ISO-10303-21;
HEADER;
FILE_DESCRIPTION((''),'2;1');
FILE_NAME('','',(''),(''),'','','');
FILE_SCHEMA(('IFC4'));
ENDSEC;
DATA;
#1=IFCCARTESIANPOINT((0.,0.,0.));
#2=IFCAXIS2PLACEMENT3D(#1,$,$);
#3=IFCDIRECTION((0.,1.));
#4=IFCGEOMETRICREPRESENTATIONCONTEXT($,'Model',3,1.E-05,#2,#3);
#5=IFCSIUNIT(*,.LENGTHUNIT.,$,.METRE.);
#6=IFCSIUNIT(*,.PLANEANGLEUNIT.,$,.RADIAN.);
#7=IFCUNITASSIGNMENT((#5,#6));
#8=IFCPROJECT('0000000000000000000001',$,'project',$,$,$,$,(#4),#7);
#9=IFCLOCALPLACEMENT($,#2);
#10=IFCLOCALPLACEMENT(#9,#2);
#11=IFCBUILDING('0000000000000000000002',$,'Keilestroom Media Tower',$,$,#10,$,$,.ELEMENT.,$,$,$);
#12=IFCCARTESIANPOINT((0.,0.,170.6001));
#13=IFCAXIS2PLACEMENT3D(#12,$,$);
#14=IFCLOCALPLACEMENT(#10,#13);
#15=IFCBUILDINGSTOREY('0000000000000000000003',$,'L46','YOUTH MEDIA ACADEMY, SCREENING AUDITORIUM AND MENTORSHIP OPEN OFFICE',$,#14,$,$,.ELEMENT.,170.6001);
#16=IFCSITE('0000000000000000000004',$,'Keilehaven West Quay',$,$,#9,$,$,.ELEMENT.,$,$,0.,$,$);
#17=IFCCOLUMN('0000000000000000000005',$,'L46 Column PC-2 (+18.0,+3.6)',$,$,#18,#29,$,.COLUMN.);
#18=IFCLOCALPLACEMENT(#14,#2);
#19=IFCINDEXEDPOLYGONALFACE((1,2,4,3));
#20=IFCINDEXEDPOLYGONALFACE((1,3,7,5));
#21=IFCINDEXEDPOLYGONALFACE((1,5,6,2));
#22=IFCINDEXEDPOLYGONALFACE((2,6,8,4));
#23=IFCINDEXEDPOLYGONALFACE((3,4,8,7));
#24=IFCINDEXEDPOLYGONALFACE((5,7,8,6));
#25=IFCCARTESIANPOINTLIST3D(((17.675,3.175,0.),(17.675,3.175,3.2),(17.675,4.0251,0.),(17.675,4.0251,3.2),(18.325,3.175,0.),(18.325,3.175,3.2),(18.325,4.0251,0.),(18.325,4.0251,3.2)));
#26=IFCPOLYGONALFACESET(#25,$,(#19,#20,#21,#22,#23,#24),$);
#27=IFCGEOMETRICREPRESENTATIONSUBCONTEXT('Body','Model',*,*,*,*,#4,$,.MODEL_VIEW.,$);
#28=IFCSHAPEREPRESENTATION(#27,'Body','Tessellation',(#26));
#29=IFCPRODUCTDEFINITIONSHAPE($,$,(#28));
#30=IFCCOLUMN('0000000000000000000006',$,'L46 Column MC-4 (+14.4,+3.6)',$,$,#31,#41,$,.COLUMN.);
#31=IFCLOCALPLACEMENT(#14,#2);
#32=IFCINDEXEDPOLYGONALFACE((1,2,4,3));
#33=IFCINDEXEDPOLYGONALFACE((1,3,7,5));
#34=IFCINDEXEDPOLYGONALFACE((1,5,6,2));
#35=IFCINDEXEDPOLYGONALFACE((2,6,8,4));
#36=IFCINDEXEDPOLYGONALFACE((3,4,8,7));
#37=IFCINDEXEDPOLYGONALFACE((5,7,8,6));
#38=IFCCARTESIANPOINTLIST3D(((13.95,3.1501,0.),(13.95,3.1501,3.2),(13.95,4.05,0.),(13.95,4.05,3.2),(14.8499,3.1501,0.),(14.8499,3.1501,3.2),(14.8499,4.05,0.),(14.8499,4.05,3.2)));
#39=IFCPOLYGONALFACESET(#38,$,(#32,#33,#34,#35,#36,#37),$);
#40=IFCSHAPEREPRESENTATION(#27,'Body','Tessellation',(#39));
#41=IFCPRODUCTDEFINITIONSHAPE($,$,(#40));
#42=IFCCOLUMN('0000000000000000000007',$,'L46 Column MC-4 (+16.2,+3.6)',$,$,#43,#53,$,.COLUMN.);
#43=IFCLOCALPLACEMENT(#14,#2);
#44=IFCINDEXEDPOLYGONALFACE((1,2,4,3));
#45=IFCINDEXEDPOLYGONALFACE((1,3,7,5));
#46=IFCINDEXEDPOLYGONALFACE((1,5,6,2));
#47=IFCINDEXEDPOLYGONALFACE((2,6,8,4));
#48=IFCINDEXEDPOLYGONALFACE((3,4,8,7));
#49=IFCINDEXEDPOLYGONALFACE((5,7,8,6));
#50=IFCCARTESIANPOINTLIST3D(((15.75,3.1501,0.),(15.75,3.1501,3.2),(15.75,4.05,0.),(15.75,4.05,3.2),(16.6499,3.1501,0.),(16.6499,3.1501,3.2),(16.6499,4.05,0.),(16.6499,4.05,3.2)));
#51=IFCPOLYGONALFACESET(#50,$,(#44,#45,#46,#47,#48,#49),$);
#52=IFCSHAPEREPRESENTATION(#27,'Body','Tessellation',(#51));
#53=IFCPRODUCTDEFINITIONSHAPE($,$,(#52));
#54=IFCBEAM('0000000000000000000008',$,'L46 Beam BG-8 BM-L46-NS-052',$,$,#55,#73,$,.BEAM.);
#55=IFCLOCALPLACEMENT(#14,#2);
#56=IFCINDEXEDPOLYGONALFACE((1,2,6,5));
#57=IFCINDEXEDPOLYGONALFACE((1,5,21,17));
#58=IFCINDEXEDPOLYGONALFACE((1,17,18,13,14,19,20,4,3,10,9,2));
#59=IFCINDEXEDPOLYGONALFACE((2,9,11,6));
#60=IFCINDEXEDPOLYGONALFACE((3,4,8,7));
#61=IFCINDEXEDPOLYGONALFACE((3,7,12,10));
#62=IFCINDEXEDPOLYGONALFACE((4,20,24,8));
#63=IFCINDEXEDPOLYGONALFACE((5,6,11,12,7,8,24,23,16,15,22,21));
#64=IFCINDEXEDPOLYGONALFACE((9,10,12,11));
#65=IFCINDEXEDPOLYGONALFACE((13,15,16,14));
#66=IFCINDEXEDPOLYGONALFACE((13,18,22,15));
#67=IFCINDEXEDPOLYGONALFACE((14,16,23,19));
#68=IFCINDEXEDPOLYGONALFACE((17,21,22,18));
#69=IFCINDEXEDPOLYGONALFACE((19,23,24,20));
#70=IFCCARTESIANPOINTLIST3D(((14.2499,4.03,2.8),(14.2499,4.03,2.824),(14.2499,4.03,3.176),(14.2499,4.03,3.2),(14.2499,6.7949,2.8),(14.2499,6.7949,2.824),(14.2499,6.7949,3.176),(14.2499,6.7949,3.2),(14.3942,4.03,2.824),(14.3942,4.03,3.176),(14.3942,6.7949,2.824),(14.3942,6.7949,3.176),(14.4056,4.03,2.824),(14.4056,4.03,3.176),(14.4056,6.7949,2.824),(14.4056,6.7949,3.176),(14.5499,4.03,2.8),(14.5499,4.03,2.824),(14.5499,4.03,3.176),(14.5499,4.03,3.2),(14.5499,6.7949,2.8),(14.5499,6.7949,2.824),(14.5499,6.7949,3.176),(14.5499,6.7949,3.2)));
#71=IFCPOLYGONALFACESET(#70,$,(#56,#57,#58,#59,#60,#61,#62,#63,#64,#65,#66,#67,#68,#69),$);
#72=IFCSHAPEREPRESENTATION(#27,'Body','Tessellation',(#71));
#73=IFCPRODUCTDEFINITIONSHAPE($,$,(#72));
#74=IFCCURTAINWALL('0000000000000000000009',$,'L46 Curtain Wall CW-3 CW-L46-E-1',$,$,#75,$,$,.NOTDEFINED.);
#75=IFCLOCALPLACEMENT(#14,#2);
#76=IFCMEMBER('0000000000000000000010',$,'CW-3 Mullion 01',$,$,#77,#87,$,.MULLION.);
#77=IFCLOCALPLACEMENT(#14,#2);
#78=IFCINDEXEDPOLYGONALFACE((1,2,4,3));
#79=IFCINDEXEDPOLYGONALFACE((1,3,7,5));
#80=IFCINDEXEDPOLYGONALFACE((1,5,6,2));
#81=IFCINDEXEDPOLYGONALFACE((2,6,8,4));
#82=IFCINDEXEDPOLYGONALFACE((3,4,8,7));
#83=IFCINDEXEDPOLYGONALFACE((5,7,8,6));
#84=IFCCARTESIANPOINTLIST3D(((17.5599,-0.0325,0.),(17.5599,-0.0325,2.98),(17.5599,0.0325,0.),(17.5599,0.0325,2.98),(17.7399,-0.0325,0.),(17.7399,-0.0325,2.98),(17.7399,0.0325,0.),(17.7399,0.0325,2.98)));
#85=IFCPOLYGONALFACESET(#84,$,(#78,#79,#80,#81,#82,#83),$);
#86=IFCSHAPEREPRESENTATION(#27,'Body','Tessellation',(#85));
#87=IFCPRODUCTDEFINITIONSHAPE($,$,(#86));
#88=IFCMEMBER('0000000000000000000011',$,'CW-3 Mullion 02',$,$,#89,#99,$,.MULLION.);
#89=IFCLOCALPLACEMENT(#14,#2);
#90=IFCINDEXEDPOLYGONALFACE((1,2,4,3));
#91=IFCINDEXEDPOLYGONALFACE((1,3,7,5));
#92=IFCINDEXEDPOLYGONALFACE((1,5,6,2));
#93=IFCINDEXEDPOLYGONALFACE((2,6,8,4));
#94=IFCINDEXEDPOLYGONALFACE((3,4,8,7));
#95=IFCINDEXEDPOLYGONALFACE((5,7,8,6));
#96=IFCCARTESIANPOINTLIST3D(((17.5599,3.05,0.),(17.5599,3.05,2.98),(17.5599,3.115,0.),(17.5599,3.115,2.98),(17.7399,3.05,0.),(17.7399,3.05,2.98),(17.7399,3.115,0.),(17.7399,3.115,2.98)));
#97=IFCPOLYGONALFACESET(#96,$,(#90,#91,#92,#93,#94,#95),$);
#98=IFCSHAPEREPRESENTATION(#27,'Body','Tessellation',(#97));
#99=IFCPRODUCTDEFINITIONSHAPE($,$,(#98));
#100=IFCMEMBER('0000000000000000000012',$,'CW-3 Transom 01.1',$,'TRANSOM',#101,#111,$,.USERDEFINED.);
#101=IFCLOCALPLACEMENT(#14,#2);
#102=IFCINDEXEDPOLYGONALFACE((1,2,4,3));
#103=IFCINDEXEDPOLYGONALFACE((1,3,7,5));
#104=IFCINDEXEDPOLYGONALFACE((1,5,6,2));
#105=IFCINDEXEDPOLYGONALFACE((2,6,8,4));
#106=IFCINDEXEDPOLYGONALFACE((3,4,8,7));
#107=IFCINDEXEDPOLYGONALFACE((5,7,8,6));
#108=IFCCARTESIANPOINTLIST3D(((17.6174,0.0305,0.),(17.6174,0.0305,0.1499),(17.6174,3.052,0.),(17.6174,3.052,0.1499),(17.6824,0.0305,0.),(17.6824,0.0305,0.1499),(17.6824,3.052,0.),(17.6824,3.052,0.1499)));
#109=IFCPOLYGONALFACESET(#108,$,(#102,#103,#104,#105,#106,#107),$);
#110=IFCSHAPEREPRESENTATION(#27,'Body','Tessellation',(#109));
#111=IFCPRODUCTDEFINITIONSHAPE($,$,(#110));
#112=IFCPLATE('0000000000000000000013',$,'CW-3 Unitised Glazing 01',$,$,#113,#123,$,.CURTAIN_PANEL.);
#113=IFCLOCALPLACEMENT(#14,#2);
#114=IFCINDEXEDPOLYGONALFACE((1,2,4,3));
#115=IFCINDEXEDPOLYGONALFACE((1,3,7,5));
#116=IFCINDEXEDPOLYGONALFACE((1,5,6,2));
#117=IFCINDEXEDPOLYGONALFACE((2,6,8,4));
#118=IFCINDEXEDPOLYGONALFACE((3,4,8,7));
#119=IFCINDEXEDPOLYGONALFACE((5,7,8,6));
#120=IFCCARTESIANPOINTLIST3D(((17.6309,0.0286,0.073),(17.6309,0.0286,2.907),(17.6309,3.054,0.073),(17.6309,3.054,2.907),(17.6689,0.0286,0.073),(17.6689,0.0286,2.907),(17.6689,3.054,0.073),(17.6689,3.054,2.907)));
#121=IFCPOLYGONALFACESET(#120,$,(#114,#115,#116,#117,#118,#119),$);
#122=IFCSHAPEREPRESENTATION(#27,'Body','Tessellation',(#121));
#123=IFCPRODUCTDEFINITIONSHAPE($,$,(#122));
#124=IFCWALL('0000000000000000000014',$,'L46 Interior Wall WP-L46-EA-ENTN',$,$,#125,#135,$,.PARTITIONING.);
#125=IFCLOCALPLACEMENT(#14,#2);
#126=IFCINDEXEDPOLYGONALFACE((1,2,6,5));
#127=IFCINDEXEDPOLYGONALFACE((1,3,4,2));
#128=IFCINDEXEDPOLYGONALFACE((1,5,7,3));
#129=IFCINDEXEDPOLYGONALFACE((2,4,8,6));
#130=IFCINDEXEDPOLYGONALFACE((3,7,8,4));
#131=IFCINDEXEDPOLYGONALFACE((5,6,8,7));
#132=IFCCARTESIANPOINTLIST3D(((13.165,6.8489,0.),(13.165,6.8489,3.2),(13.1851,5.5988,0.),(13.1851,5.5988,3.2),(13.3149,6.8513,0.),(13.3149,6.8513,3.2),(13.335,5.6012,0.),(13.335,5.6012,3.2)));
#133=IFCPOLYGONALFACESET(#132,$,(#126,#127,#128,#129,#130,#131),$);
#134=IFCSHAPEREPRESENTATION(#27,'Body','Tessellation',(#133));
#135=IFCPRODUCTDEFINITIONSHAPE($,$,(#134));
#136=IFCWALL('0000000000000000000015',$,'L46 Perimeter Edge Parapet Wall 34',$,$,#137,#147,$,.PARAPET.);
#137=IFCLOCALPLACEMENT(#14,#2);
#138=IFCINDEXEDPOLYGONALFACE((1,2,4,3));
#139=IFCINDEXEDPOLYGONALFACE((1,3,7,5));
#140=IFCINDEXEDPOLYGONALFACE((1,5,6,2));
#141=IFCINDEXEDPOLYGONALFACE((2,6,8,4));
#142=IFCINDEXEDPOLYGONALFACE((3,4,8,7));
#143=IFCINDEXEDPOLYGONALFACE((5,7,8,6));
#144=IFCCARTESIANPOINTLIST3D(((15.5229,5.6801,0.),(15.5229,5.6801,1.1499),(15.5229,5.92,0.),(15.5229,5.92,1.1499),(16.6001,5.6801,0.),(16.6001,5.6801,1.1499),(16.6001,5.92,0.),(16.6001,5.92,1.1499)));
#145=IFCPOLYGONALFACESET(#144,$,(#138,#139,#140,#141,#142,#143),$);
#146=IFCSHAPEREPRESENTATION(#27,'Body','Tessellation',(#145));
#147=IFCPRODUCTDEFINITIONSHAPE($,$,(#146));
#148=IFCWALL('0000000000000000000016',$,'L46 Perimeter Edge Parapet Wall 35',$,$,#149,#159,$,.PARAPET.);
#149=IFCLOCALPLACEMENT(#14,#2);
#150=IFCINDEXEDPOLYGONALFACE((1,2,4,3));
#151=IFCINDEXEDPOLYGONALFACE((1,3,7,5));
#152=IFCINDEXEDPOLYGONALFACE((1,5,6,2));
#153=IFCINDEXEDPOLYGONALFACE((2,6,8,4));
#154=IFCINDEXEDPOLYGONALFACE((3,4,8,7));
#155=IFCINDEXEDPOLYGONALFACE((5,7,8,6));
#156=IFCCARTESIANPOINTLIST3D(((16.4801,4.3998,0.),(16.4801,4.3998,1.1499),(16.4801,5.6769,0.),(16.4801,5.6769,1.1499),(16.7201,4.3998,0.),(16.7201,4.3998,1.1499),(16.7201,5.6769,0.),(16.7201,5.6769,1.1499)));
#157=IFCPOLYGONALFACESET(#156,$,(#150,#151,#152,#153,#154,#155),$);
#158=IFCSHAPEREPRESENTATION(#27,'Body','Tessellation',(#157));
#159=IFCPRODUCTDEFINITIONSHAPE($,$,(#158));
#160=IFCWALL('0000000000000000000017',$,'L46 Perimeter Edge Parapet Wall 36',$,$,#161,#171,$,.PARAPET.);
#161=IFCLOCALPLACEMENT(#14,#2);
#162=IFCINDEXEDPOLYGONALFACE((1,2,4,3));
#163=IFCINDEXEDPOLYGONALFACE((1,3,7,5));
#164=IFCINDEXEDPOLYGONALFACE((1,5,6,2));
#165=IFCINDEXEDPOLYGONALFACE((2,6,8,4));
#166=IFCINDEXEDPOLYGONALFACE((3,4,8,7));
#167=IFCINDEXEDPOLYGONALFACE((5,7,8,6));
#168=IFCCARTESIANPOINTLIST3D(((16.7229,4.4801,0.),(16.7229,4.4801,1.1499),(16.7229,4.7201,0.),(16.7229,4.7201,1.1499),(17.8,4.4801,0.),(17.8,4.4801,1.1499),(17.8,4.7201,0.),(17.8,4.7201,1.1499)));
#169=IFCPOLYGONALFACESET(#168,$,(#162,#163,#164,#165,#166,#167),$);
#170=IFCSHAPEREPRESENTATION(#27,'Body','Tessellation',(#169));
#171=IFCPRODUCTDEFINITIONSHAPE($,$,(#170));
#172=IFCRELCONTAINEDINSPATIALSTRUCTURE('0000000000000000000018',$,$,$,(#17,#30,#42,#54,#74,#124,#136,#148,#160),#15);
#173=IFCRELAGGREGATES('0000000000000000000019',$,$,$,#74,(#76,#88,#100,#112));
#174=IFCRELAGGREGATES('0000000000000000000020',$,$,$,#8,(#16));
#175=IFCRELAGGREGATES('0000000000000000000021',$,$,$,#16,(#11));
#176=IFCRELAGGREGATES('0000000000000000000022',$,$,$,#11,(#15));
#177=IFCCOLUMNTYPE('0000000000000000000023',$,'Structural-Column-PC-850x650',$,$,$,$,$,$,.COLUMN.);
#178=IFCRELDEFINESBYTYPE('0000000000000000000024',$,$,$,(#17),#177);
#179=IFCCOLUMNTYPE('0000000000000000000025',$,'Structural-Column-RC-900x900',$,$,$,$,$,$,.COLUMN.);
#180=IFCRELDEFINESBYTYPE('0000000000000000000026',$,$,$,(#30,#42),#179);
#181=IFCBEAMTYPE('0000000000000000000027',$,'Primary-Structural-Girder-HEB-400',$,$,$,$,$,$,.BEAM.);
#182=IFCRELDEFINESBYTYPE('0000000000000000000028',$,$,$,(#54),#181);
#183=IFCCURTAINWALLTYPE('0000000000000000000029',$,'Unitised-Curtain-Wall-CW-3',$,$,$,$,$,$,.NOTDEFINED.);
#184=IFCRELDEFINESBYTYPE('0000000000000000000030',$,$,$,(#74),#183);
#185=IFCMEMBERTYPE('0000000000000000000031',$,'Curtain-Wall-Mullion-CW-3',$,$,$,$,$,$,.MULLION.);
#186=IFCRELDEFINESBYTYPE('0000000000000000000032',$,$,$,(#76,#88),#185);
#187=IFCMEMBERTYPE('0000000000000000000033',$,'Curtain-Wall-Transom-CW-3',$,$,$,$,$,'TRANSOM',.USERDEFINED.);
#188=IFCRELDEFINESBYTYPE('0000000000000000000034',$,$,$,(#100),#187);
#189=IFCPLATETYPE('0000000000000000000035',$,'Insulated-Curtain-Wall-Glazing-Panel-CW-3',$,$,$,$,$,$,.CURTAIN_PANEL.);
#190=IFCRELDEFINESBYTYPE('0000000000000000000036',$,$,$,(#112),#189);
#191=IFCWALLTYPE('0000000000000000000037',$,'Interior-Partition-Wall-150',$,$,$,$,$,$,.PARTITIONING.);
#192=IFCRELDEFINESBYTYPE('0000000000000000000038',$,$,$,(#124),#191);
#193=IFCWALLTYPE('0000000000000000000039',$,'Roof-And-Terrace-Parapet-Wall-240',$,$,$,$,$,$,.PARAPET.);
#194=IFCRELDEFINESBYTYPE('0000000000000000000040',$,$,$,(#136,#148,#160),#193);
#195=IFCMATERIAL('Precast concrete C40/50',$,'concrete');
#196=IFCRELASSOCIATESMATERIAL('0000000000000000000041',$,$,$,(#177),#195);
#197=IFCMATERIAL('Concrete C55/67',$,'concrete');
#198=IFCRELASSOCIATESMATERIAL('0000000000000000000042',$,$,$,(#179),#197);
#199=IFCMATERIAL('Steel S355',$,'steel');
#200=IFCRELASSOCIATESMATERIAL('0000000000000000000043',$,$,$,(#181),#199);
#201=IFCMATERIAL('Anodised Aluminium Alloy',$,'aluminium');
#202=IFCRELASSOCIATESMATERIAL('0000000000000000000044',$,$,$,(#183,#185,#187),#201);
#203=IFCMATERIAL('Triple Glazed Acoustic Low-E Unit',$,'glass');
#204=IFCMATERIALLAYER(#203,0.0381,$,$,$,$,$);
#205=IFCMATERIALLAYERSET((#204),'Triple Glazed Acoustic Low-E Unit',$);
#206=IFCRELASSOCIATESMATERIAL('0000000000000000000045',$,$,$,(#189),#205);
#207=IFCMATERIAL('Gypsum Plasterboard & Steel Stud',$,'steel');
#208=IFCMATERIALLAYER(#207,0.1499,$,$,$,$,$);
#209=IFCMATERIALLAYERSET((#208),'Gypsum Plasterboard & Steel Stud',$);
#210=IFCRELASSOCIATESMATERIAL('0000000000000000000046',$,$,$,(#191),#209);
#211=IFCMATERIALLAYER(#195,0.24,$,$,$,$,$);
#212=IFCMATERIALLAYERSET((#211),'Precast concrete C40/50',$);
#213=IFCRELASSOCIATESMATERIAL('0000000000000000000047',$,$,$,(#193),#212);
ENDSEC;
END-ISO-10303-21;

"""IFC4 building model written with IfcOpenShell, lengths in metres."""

from ifc_helpers import new_model, si_unit, direction, frame, frame_2d, origin, origin_2d, place, context, subcontext, project, spatial, rectangle, i_section, extrude, source, transform, mapped, material, layer, layer_set, material_profile, profile_set, type_object, element, aggregate, save


model = new_model("IFC4")

# Units and contexts
model_context = context("Model", 3, precision=1e-05, world=origin(), true_north=direction((0.0, 1.0)))
body_context = subcontext(model_context, "Body", "Model", "MODEL_VIEW")
ifc_project = project(units=[si_unit("LENGTHUNIT", "METRE"), si_unit("PLANEANGLEUNIT", "RADIAN")], contexts=[model_context])

# Site, building, storey
site_placement = place(None, origin())
site = spatial("IfcSite", under=ifc_project, at=site_placement, Name="Keilehaven West Quay", CompositionType="ELEMENT", RefElevation=0.0)
building_placement = place(site_placement, origin())
building = spatial("IfcBuilding", under=site, at=building_placement, Name="Keilestroom Media Tower", CompositionType="ELEMENT")
storey_placement = place(building_placement, frame((0.0, 0.0, 170.6001)))
storey = spatial("IfcBuildingStorey", under=building, at=storey_placement, Name="L46", Description="YOUTH MEDIA ACADEMY, SCREENING AUDITORIUM AND MENTORSHIP OPEN OFFICE", CompositionType="ELEMENT", Elevation=170.6001)

# Columns
ifc_material_1 = material(Name="Precast concrete C40/50", Category="concrete")
ifc_material_profile_1 = material_profile(ifc_material_1, rectangle(XDim=0.6499, YDim=0.8501, at=origin_2d()), Name="PC 850x650")
ifc_profile_set_1 = profile_set([ifc_material_profile_1], Name="Precast concrete C40/50")
column_type_1 = type_object("IfcColumnType", Name="Structural-Column-PC-850x650", PredefinedType="COLUMN", material=ifc_profile_set_1)
shared_shape_1 = source(origin(), body_context, "Body", "SweptSolid", [
    extrude(rectangle(XDim=0.6499, YDim=0.8501, at=origin_2d()), origin(), (0.0, 0.0, 1.0), 3.2),
])
column_placement = place(storey_placement, frame((18.0, 3.6001, 0.0), z_axis=(0.0, 0.0, 1.0), x_axis=(1.0, 0.0, 0.0)))
element("IfcColumn", 1, at=column_placement, inside=storey, type_object=column_type_1, Name="L46 Column PC-2 (+18.0,+3.6)", PredefinedType="COLUMN", context=body_context, shape_type="MappedRepresentation", body=[
    mapped(shared_shape_1, transform((0.0, 0.0, 0.0), x_axis=(1.0, 0.0, 0.0), y_axis=(0.0, 1.0, 0.0), z_axis=(0.0, 0.0, 1.0), scale=1.0)),
])
ifc_material_2 = material(Name="Concrete C55/67", Category="concrete")
ifc_material_profile_2 = material_profile(ifc_material_2, rectangle(XDim=0.8999, YDim=0.8999, at=origin_2d()), Name="RC 900x900")
ifc_profile_set_2 = profile_set([ifc_material_profile_2], Name="Concrete C55/67")
column_type_2 = type_object("IfcColumnType", Name="Structural-Column-RC-900x900", PredefinedType="COLUMN", material=ifc_profile_set_2)
shared_shape_2 = source(origin(), body_context, "Body", "SweptSolid", [
    extrude(rectangle(XDim=0.8999, YDim=0.8999, at=origin_2d()), origin(), (0.0, 0.0, 1.0), 3.2),
])
for number, where, z_axis, x_axis, name in (
    (2, (14.3999, 3.6001, 0.0), (0.0, 0.0, 1.0), (1.0, 0.0, 0.0), "L46 Column MC-4 (+14.4,+3.6)"),
    (3, (16.2, 3.6001, 0.0), (0.0, 0.0, 1.0), (1.0, 0.0, 0.0), "L46 Column MC-4 (+16.2,+3.6)"),
):
    element("IfcColumn", number, at=place(storey_placement, frame(where, z_axis=z_axis, x_axis=x_axis)), inside=storey, type_object=column_type_2, Name=name, PredefinedType="COLUMN", context=body_context, shape_type="MappedRepresentation", body=[
        mapped(shared_shape_2, transform((0.0, 0.0, 0.0), x_axis=(1.0, 0.0, 0.0), y_axis=(0.0, 1.0, 0.0), z_axis=(0.0, 0.0, 1.0), scale=1.0)),
    ])

# Beam
ifc_material_3 = material(Name="Steel S355", Category="steel")
ifc_material_profile_3 = material_profile(ifc_material_3, i_section(OverallWidth=0.3, OverallDepth=0.3999, WebThickness=0.0115, FlangeThickness=0.0239, at=origin_2d()), Name="HEB 400")
ifc_profile_set_3 = profile_set([ifc_material_profile_3], Name="Steel S355")
beam_type = type_object("IfcBeamType", Name="Primary-Structural-Girder-HEB-400", PredefinedType="BEAM", material=ifc_profile_set_3)
shared_shape_3 = source(origin(), body_context, "Body", "SweptSolid", [
    extrude(i_section(OverallWidth=0.3, OverallDepth=0.3999, WebThickness=0.0115, FlangeThickness=0.0239, at=origin_2d()), origin(), (0.0, 0.0, 1.0), 2.7649),
])
beam_placement = place(storey_placement, frame((14.3999, 4.03, 3.0), z_axis=(0.0, 1.0, 0.0), x_axis=(-1.0, 0.0, 0.0)))
element("IfcBeam", 4, at=beam_placement, inside=storey, type_object=beam_type, Name="L46 Beam BG-8 BM-L46-NS-052", PredefinedType="BEAM", context=body_context, shape_type="MappedRepresentation", body=[
    mapped(shared_shape_3, transform((0.0, 0.0, 0.0), x_axis=(1.0, 0.0, 0.0), y_axis=(0.0, 1.0, 0.0), z_axis=(0.0, 0.0, 1.0), scale=1.0)),
])

# Curtain wall, members, plate
ifc_material_4 = material(Name="Anodised Aluminium Alloy", Category="aluminium")
curtain_wall_type = type_object("IfcCurtainWallType", Name="Unitised-Curtain-Wall-CW-3", PredefinedType="NOTDEFINED", material=ifc_material_4)
curtain_wall_placement = place(storey_placement, origin())
curtain_wall = element("IfcCurtainWall", 5, at=curtain_wall_placement, inside=storey, type_object=curtain_wall_type, Name="L46 Curtain Wall CW-3 CW-L46-E-1", PredefinedType="NOTDEFINED")
ifc_material_profile_4 = material_profile(ifc_material_4, rectangle(XDim=0.0649, YDim=0.1799, at=origin_2d()), Name="ALU MULLION 65x180")
ifc_profile_set_4 = profile_set([ifc_material_profile_4], Name="Anodised Aluminium Alloy")
member_type_1 = type_object("IfcMemberType", Name="Curtain-Wall-Mullion-CW-3", PredefinedType="MULLION", material=ifc_profile_set_4)
shared_shape_4 = source(origin(), body_context, "Body", "SweptSolid", [
    extrude(rectangle(XDim=0.0649, YDim=0.1799, at=origin_2d()), origin(), (0.0, 0.0, 1.0), 2.98),
])
member_1_placement = place(storey_placement, frame((17.6499, 0.0, 0.0), z_axis=(0.0, 0.0, 1.0), x_axis=(0.0, 1.0, 0.0)))
member_1 = element("IfcMember", 6, at=member_1_placement, type_object=member_type_1, Name="CW-3 Mullion 01", PredefinedType="MULLION", context=body_context, shape_type="MappedRepresentation", body=[
    mapped(shared_shape_4, transform((0.0, 0.0, 0.0), x_axis=(1.0, 0.0, 0.0), y_axis=(0.0, 1.0, 0.0), z_axis=(0.0, 0.0, 1.0), scale=1.0)),
])
member_2_placement = place(storey_placement, frame((17.6499, 3.0825, 0.0), z_axis=(0.0, 0.0, 1.0), x_axis=(0.0, 1.0, 0.0)))
member_2 = element("IfcMember", 7, at=member_2_placement, type_object=member_type_1, Name="CW-3 Mullion 02", PredefinedType="MULLION", context=body_context, shape_type="MappedRepresentation", body=[
    mapped(shared_shape_4, transform((0.0, 0.0, 0.0), x_axis=(1.0, 0.0, 0.0), y_axis=(0.0, 1.0, 0.0), z_axis=(0.0, 0.0, 1.0), scale=1.0)),
])
ifc_material_profile_5 = material_profile(ifc_material_4, rectangle(XDim=0.0649, YDim=0.1499, at=origin_2d()), Name="ALU TRANSOM 65x150")
ifc_profile_set_5 = profile_set([ifc_material_profile_5], Name="Anodised Aluminium Alloy")
member_type_2 = type_object("IfcMemberType", Name="Curtain-Wall-Transom-CW-3", ElementType="TRANSOM", PredefinedType="USERDEFINED", material=ifc_profile_set_5)
shared_shape_5 = source(origin(), body_context, "Body", "SweptSolid", [
    extrude(rectangle(XDim=0.0649, YDim=0.1499, at=origin_2d()), origin(), (0.0, 0.0, 1.0), 3.0215),
])
member_3_placement = place(storey_placement, frame((17.6499, 0.0305, 0.075), z_axis=(0.0, 1.0, 0.0), x_axis=(-1.0, 0.0, 0.0)))
member_3 = element("IfcMember", 8, at=member_3_placement, type_object=member_type_2, Name="CW-3 Transom 01.1", ObjectType="TRANSOM", PredefinedType="USERDEFINED", context=body_context, shape_type="MappedRepresentation", body=[
    mapped(shared_shape_5, transform((0.0, 0.0, 0.0), x_axis=(1.0, 0.0, 0.0), y_axis=(0.0, 1.0, 0.0), z_axis=(0.0, 0.0, 1.0), scale=1.0)),
])
ifc_material_5 = material(Name="Triple Glazed Acoustic Low-E Unit", Category="glass")
ifc_layer_1 = layer(ifc_material_5, 0.0381)
ifc_layer_set_1 = layer_set([ifc_layer_1], Name="Triple Glazed Acoustic Low-E Unit")
plate_type = type_object("IfcPlateType", Name="Insulated-Curtain-Wall-Glazing-Panel-CW-3", PredefinedType="CURTAIN_PANEL", material=ifc_layer_set_1)
shared_shape_6 = source(origin(), body_context, "Body", "SweptSolid", [
    extrude(rectangle(XDim=3.0254, YDim=0.0381, at=origin_2d()), origin(), (0.0, 0.0, 1.0), 2.834),
])
plate_placement = place(storey_placement, frame((17.6499, 1.5413, 0.073), z_axis=(0.0, 0.0, 1.0), x_axis=(0.0, 1.0, 0.0)))
plate = element("IfcPlate", 9, at=plate_placement, type_object=plate_type, Name="CW-3 Unitised Glazing 01", PredefinedType="CURTAIN_PANEL", context=body_context, shape_type="MappedRepresentation", body=[
    mapped(shared_shape_6, transform((0.0, 0.0, 0.0), x_axis=(1.0, 0.0, 0.0), y_axis=(0.0, 1.0, 0.0), z_axis=(0.0, 0.0, 1.0), scale=1.0)),
])
aggregate(curtain_wall, [member_1, member_2, member_3, plate])

# Walls
ifc_material_6 = material(Name="Gypsum Plasterboard & Steel Stud", Category="steel")
ifc_layer_2 = layer(ifc_material_6, 0.1499)
ifc_layer_set_2 = layer_set([ifc_layer_2], Name="Gypsum Plasterboard & Steel Stud")
wall_type_1 = type_object("IfcWallType", Name="Interior-Partition-Wall-150", PredefinedType="PARTITIONING", material=ifc_layer_set_2)
wall_1_placement = place(storey_placement, frame((13.26, 5.6001, 0.0), z_axis=(0.0, 0.0, 1.0), x_axis=(-0.016014, 0.999872, 0.0)))
element("IfcWall", 10, at=wall_1_placement, inside=storey, type_object=wall_type_1, Name="L46 Interior Wall WP-L46-EA-ENTN", PredefinedType="PARTITIONING", context=body_context, shape_type="SweptSolid", body=[
    extrude(rectangle(XDim=1.2502, YDim=0.1499, at=frame_2d((0.625, 0.0))), origin(), (0.0, 0.0, 1.0), 3.2),
])
ifc_layer_3 = layer(ifc_material_1, 0.24)
ifc_layer_set_3 = layer_set([ifc_layer_3], Name="Precast concrete C40/50")
wall_type_2 = type_object("IfcWallType", Name="Roof-And-Terrace-Parapet-Wall-240", PredefinedType="PARAPET", material=ifc_layer_set_3)
wall_2_placement = place(storey_placement, frame((15.5229, 5.8, 0.0), z_axis=(0.0, 0.0, 1.0), x_axis=(1.0, 0.0, 0.0)))
element("IfcWall", 11, at=wall_2_placement, inside=storey, type_object=wall_type_2, Name="L46 Perimeter Edge Parapet Wall 34", PredefinedType="PARAPET", context=body_context, shape_type="SweptSolid", body=[
    extrude(rectangle(XDim=1.0771, YDim=0.24, at=frame_2d((0.5386, 0.0))), origin(), (0.0, 0.0, 1.0), 1.1499),
])
wall_3_placement = place(storey_placement, frame((16.6001, 5.677, 0.0), z_axis=(0.0, 0.0, 1.0), x_axis=(0.0, -1.0, 0.0)))
element("IfcWall", 12, at=wall_3_placement, inside=storey, type_object=wall_type_2, Name="L46 Perimeter Edge Parapet Wall 35", PredefinedType="PARAPET", context=body_context, shape_type="SweptSolid", body=[
    extrude(rectangle(XDim=1.2771, YDim=0.24, at=frame_2d((0.6387, 0.0))), origin(), (0.0, 0.0, 1.0), 1.1499),
])
wall_4_placement = place(storey_placement, frame((16.7229, 4.6001, 0.0), z_axis=(0.0, 0.0, 1.0), x_axis=(1.0, 0.0, 0.0)))
element("IfcWall", 13, at=wall_4_placement, inside=storey, type_object=wall_type_2, Name="L46 Perimeter Edge Parapet Wall 36", PredefinedType="PARAPET", context=body_context, shape_type="SweptSolid", body=[
    extrude(rectangle(XDim=1.0771, YDim=0.24, at=frame_2d((0.5386, 0.0))), origin(), (0.0, 0.0, 1.0), 1.1499),
])

save(model, "model.ifc")
